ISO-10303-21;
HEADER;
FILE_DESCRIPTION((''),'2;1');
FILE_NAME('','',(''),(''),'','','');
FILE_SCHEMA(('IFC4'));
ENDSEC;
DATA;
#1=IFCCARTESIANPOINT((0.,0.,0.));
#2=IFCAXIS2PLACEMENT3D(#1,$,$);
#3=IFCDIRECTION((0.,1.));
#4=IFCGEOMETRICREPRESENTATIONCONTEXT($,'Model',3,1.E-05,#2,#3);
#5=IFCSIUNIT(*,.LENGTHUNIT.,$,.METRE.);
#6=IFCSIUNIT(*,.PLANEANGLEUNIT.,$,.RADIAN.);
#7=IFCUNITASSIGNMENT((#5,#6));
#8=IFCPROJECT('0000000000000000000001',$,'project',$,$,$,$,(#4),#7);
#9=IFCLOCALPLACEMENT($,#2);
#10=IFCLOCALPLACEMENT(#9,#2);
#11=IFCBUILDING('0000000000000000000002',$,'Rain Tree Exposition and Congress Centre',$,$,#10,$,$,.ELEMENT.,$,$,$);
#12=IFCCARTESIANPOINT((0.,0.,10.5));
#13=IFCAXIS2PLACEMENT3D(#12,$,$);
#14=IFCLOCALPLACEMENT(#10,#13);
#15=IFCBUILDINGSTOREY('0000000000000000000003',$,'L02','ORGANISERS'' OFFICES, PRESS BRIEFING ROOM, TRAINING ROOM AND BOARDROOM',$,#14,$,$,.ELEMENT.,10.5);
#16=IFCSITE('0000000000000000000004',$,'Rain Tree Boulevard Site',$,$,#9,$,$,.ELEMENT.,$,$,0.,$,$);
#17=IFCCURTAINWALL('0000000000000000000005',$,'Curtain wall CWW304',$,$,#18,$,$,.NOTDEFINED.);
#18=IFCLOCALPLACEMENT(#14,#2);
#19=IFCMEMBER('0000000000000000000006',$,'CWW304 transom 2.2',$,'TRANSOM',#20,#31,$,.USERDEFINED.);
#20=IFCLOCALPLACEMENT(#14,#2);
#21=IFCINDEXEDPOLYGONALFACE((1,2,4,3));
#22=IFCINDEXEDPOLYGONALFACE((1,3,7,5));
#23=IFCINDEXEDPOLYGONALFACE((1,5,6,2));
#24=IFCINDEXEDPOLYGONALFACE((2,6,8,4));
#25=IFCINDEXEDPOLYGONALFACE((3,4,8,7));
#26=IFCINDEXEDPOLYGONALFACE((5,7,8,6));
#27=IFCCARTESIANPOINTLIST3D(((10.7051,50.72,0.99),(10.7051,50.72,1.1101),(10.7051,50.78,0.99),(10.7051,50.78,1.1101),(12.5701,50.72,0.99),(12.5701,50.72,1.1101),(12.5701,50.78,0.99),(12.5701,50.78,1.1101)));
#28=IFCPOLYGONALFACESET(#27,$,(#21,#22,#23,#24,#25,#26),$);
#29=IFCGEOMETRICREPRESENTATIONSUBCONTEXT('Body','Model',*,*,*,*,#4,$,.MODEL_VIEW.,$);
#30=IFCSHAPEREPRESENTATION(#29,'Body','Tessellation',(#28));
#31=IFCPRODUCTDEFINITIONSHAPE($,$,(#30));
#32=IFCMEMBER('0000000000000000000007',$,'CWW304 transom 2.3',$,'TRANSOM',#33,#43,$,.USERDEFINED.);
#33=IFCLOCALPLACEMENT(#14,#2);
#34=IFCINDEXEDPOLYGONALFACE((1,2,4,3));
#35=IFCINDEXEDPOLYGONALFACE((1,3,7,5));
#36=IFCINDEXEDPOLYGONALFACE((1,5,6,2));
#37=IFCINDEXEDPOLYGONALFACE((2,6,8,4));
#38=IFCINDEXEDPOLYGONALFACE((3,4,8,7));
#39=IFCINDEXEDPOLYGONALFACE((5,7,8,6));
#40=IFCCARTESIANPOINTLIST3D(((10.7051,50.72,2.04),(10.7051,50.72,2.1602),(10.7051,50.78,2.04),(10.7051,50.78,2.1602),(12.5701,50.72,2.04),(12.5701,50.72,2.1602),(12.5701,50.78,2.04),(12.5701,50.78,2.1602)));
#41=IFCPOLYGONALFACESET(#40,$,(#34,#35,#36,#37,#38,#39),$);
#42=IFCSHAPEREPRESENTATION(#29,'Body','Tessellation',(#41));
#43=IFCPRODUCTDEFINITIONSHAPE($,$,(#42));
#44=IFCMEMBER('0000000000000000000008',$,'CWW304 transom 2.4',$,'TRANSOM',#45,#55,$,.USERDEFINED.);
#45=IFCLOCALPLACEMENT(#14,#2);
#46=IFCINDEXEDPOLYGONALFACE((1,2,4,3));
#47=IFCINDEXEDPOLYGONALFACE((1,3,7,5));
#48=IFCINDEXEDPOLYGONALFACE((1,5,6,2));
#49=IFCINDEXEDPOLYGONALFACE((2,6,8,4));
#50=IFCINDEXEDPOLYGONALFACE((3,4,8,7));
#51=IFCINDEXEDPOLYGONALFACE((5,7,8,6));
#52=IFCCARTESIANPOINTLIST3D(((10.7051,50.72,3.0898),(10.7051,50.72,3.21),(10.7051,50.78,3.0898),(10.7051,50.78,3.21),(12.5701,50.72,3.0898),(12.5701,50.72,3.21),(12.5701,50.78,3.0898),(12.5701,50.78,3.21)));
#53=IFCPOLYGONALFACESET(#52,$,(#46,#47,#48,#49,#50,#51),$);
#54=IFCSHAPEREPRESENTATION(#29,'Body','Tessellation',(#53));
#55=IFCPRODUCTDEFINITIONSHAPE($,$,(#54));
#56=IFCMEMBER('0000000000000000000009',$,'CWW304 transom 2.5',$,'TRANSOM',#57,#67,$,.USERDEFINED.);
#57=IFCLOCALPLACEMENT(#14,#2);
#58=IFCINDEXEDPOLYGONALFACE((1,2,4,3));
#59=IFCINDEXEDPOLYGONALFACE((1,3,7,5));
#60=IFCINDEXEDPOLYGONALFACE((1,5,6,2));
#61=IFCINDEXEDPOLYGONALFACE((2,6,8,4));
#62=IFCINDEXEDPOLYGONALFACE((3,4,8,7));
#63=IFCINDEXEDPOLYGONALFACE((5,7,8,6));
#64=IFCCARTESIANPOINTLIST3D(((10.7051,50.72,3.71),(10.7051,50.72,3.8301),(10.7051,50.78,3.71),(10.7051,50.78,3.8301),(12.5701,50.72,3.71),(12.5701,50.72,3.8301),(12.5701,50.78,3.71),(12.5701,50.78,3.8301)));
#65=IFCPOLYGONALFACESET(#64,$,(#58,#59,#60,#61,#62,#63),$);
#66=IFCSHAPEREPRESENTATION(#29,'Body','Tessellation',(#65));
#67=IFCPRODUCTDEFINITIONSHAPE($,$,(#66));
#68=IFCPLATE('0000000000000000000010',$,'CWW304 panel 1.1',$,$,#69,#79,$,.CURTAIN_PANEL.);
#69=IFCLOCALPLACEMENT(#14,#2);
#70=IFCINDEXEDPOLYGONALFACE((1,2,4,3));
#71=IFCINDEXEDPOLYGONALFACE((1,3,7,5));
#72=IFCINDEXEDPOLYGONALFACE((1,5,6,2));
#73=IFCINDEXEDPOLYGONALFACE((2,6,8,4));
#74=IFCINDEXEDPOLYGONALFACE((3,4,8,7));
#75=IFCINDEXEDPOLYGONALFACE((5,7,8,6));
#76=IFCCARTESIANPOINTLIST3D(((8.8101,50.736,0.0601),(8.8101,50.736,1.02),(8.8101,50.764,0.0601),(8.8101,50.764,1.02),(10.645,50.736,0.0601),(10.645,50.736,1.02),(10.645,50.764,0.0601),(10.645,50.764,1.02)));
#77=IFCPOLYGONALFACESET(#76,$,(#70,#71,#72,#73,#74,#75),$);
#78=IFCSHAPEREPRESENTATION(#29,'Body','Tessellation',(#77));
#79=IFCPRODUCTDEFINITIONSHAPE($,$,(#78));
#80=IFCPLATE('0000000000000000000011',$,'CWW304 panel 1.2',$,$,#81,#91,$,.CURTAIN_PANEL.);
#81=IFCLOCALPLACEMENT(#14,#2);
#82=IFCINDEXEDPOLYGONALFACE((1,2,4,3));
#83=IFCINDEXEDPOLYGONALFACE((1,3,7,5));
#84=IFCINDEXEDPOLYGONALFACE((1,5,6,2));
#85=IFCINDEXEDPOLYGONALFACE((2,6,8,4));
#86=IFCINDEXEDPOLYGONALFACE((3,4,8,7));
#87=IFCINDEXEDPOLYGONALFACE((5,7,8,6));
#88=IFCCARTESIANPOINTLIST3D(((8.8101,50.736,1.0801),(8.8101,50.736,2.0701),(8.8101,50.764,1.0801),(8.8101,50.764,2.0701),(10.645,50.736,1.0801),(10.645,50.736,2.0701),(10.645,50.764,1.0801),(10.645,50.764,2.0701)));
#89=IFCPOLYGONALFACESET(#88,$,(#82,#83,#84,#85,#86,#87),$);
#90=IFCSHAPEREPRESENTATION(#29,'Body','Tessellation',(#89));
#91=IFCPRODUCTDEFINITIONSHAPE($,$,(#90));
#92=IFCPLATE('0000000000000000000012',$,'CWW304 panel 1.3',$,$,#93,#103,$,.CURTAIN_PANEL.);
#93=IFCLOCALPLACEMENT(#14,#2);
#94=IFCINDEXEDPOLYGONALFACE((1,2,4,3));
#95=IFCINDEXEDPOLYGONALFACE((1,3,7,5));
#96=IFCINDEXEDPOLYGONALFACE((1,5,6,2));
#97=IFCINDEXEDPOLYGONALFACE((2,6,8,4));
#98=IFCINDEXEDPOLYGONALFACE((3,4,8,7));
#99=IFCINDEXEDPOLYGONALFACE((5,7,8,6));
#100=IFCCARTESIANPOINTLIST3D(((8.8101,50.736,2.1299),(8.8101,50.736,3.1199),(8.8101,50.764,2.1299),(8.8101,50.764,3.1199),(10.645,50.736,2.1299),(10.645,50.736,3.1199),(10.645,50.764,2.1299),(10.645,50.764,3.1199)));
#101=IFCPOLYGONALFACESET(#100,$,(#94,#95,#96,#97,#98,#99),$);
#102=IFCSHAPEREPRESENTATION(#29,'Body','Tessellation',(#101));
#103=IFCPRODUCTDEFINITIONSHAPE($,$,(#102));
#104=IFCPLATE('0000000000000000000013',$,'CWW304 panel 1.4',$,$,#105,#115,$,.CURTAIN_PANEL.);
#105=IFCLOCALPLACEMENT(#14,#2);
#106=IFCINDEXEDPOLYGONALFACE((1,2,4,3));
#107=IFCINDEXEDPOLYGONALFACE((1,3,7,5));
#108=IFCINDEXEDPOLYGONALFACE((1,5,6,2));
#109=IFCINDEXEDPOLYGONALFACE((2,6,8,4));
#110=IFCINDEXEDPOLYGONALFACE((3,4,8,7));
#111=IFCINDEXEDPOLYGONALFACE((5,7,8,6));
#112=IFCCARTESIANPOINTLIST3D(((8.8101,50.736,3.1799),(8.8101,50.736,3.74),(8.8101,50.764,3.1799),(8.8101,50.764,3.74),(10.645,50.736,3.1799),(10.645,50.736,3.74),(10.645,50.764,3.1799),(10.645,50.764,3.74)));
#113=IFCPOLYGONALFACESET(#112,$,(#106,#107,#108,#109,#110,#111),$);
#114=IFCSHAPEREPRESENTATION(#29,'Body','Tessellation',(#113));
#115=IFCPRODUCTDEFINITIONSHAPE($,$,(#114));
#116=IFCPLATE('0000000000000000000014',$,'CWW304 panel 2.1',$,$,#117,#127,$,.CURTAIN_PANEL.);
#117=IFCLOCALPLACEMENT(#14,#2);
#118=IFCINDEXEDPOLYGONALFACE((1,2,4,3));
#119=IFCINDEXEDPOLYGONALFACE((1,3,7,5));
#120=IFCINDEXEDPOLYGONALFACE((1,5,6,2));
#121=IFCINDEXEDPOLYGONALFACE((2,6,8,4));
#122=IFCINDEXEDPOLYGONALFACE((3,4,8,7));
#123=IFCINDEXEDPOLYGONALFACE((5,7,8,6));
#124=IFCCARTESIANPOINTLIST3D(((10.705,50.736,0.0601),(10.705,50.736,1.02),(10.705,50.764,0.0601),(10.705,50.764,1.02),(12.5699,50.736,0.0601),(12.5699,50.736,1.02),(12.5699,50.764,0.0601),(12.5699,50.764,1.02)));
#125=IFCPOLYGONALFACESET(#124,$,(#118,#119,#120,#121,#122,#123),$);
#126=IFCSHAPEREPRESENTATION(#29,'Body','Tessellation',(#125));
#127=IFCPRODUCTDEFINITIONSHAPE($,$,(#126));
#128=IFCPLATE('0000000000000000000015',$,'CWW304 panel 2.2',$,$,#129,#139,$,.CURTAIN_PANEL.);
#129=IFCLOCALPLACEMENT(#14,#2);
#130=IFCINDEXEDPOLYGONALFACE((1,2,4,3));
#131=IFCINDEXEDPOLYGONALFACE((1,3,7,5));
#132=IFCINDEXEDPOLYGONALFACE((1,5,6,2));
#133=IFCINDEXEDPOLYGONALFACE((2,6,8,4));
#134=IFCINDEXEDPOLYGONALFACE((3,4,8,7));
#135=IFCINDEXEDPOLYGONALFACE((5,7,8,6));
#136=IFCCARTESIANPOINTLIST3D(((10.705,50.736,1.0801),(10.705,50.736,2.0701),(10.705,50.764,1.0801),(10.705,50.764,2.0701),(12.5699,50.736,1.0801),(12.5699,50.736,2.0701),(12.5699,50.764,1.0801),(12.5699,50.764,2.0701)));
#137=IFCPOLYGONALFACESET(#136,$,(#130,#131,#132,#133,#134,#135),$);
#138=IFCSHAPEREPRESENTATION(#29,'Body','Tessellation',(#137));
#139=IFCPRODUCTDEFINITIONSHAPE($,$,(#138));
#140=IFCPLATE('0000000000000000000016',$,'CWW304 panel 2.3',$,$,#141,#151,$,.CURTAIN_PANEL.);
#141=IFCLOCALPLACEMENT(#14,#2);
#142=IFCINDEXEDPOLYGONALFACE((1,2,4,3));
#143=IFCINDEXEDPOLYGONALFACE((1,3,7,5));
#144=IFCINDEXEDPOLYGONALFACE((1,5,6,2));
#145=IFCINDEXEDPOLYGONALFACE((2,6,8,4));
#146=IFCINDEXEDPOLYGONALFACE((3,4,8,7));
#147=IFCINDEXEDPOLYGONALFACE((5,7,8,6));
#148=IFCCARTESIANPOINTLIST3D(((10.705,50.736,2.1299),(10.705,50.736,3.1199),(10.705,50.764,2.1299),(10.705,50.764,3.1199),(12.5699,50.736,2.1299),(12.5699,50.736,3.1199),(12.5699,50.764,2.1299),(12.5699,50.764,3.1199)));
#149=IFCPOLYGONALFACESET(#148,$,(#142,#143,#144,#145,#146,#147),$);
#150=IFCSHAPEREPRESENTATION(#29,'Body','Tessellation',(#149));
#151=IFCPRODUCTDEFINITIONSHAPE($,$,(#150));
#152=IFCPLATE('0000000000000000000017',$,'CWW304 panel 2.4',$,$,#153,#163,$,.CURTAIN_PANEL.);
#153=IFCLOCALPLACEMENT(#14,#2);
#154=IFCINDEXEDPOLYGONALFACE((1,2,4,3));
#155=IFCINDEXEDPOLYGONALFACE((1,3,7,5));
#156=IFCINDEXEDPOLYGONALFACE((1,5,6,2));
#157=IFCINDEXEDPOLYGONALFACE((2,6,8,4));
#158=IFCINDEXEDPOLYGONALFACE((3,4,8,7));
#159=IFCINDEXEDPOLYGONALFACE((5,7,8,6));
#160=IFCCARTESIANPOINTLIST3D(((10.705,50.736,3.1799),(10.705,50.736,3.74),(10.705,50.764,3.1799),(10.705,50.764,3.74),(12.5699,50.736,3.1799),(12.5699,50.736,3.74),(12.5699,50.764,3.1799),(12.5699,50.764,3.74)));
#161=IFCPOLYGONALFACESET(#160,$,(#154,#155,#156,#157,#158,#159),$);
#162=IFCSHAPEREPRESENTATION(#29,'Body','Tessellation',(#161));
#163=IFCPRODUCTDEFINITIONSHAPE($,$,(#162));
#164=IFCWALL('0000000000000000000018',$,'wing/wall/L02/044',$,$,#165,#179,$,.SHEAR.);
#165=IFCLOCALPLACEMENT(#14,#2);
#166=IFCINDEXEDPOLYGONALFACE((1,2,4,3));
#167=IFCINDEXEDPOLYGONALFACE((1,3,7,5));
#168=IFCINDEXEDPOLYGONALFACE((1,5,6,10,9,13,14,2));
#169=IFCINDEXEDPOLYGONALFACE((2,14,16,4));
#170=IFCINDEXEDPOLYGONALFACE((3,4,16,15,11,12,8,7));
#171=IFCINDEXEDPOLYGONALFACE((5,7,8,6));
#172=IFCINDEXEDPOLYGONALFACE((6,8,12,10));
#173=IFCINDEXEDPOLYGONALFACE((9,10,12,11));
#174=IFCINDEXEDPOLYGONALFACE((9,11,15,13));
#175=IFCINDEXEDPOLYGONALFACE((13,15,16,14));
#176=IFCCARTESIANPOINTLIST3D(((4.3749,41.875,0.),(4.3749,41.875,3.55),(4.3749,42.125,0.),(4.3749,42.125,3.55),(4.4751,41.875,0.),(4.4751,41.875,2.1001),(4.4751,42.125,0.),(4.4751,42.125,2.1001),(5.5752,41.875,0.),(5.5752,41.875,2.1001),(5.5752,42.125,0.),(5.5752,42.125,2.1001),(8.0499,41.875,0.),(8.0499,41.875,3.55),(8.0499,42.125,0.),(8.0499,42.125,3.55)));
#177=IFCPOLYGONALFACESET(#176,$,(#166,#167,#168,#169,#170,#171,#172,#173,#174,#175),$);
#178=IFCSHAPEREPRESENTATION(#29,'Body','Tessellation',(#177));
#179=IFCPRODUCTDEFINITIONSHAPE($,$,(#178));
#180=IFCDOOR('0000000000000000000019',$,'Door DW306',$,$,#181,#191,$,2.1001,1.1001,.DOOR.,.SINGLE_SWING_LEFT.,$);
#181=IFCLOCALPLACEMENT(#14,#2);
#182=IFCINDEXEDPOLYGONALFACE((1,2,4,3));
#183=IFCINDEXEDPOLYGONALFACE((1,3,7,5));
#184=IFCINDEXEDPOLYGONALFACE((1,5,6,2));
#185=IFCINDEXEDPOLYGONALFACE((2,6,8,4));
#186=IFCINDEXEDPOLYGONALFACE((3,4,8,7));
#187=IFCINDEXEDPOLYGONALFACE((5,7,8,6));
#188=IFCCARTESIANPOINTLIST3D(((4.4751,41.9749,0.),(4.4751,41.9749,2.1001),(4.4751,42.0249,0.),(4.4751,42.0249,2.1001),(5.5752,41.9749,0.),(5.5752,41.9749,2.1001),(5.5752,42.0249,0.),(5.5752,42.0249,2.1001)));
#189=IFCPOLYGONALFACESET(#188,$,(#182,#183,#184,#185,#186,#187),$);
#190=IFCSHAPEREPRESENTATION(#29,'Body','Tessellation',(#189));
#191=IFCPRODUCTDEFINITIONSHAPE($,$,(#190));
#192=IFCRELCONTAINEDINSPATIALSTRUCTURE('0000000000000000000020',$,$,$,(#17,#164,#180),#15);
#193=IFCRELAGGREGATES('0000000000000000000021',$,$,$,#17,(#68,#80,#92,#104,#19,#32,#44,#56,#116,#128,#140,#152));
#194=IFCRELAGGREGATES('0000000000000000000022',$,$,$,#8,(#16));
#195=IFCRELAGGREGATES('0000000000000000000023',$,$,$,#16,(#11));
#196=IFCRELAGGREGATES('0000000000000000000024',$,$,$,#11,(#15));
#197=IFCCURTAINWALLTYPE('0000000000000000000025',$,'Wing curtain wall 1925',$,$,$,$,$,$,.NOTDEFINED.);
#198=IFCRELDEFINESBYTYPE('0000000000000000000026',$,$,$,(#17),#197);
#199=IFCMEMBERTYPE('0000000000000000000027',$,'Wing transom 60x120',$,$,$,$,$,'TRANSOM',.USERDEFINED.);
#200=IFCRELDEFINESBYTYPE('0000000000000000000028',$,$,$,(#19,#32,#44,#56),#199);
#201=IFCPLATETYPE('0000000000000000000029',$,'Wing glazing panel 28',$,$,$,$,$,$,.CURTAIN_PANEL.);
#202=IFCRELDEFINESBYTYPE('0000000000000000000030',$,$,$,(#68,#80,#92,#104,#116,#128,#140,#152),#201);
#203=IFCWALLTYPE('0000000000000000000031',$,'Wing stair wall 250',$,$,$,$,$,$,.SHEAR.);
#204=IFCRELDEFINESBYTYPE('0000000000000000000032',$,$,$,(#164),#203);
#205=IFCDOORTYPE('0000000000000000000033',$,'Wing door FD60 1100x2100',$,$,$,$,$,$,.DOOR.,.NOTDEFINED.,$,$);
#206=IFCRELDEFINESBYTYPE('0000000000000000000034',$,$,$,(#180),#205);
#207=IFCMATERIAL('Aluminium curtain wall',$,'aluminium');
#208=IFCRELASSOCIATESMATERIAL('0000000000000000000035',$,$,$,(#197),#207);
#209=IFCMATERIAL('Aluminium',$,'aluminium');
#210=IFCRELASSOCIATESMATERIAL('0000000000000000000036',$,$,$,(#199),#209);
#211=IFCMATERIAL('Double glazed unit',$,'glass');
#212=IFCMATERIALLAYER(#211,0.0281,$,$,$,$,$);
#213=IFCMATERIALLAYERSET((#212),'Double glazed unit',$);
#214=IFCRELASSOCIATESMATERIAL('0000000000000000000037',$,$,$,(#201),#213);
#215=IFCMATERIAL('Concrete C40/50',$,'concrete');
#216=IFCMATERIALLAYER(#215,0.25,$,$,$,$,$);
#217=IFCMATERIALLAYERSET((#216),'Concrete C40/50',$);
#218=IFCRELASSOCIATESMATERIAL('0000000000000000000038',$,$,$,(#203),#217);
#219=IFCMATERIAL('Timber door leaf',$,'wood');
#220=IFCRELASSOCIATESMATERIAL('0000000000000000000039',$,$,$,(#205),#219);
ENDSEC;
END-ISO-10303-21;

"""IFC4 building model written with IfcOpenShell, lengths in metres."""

from ifc_helpers import new_model, si_unit, direction, frame, frame_2d, origin, origin_2d, place, context, subcontext, project, spatial, rectangle, extrude, material, layer, layer_set, material_profile, profile_set, type_object, element, fill, aggregate, save


model = new_model("IFC4")

# Units and contexts
model_context = context("Model", 3, precision=1e-05, world=origin(), true_north=direction((0.0, 1.0)))
body_context = subcontext(model_context, "Body", "Model", "MODEL_VIEW")
ifc_project = project(units=[si_unit("LENGTHUNIT", "METRE"), si_unit("PLANEANGLEUNIT", "RADIAN")], contexts=[model_context])

# Site, building, storey
site_placement = place(None, origin())
site = spatial("IfcSite", under=ifc_project, at=site_placement, Name="Rain Tree Boulevard Site", CompositionType="ELEMENT", RefElevation=0.0)
building_placement = place(site_placement, origin())
building = spatial("IfcBuilding", under=site, at=building_placement, Name="Rain Tree Exposition and Congress Centre", CompositionType="ELEMENT")
storey_placement = place(building_placement, frame((0.0, 0.0, 10.5)))
storey = spatial("IfcBuildingStorey", under=building, at=storey_placement, Name="L02", Description="ORGANISERS' OFFICES, PRESS BRIEFING ROOM, TRAINING ROOM AND BOARDROOM", CompositionType="ELEMENT", Elevation=10.5)

# Curtain wall, members, plates
ifc_material_1 = material(Name="Aluminium curtain wall", Category="aluminium")
curtain_wall_type = type_object("IfcCurtainWallType", Name="Wing curtain wall 1925", PredefinedType="NOTDEFINED", material=ifc_material_1)
curtain_wall_placement = place(storey_placement, origin())
curtain_wall = element("IfcCurtainWall", 1, at=curtain_wall_placement, inside=storey, type_object=curtain_wall_type, Name="Curtain wall CWW304", PredefinedType="NOTDEFINED")
ifc_material_2 = material(Name="Aluminium", Category="aluminium")
ifc_material_profile_1 = material_profile(ifc_material_2, rectangle(XDim=0.0601, YDim=0.1201, at=origin_2d()), Name="Aluminium 60x120")
ifc_profile_set_1 = profile_set([ifc_material_profile_1], Name="Aluminium")
member_type_1 = type_object("IfcMemberType", Name="Wing transom 60x120", ElementType="TRANSOM", PredefinedType="USERDEFINED", material=ifc_profile_set_1)
member_1_placement = place(storey_placement, frame((10.7051, 50.75, 1.05), z_axis=(1.0, 0.0, 0.0), x_axis=(0.0, 1.0, 0.0)))
member_1 = element("IfcMember", 2, at=member_1_placement, type_object=member_type_1, Name="CWW304 transom 2.2", ObjectType="TRANSOM", PredefinedType="USERDEFINED", context=body_context, shape_type="SweptSolid", body=[
    extrude(rectangle(XDim=0.0601, YDim=0.1201, at=origin_2d()), origin(), (0.0, 0.0, 1.0), 1.865),
])
member_2_placement = place(storey_placement, frame((10.7051, 50.75, 2.1001), z_axis=(1.0, 0.0, 0.0), x_axis=(0.0, 1.0, 0.0)))
member_2 = element("IfcMember", 3, at=member_2_placement, type_object=member_type_1, Name="CWW304 transom 2.3", ObjectType="TRANSOM", PredefinedType="USERDEFINED", context=body_context, shape_type="SweptSolid", body=[
    extrude(rectangle(XDim=0.0601, YDim=0.1201, at=origin_2d()), origin(), (0.0, 0.0, 1.0), 1.865),
])
member_3_placement = place(storey_placement, frame((10.7051, 50.75, 3.1499), z_axis=(1.0, 0.0, 0.0), x_axis=(0.0, 1.0, 0.0)))
member_3 = element("IfcMember", 4, at=member_3_placement, type_object=member_type_1, Name="CWW304 transom 2.4", ObjectType="TRANSOM", PredefinedType="USERDEFINED", context=body_context, shape_type="SweptSolid", body=[
    extrude(rectangle(XDim=0.0601, YDim=0.1201, at=origin_2d()), origin(), (0.0, 0.0, 1.0), 1.865),
])
member_4_placement = place(storey_placement, frame((10.7051, 50.75, 3.77), z_axis=(1.0, 0.0, 0.0), x_axis=(0.0, 1.0, 0.0)))
member_4 = element("IfcMember", 5, at=member_4_placement, type_object=member_type_1, Name="CWW304 transom 2.5", ObjectType="TRANSOM", PredefinedType="USERDEFINED", context=body_context, shape_type="SweptSolid", body=[
    extrude(rectangle(XDim=0.0601, YDim=0.1201, at=origin_2d()), origin(), (0.0, 0.0, 1.0), 1.865),
])
ifc_material_3 = material(Name="Double glazed unit", Category="glass")
ifc_layer_1 = layer(ifc_material_3, 0.0281)
ifc_layer_set_1 = layer_set([ifc_layer_1], Name="Double glazed unit")
plate_type = type_object("IfcPlateType", Name="Wing glazing panel 28", PredefinedType="CURTAIN_PANEL", material=ifc_layer_set_1)
plate_1_placement = place(storey_placement, frame((9.7275, 50.75, 0.0601), z_axis=(0.0, 0.0, 1.0), x_axis=(1.0, 0.0, 0.0)))
plate_1 = element("IfcPlate", 6, at=plate_1_placement, type_object=plate_type, Name="CWW304 panel 1.1", PredefinedType="CURTAIN_PANEL", context=body_context, shape_type="SweptSolid", body=[
    extrude(rectangle(XDim=1.835, YDim=0.0281, at=origin_2d()), origin(), (0.0, 0.0, 1.0), 0.96),
])
plate_2_placement = place(storey_placement, frame((9.7275, 50.75, 1.0801), z_axis=(0.0, 0.0, 1.0), x_axis=(1.0, 0.0, 0.0)))
plate_2 = element("IfcPlate", 7, at=plate_2_placement, type_object=plate_type, Name="CWW304 panel 1.2", PredefinedType="CURTAIN_PANEL", context=body_context, shape_type="SweptSolid", body=[
    extrude(rectangle(XDim=1.835, YDim=0.0281, at=origin_2d()), origin(), (0.0, 0.0, 1.0), 0.99),
])
plate_3_placement = place(storey_placement, frame((9.7275, 50.75, 2.1299), z_axis=(0.0, 0.0, 1.0), x_axis=(1.0, 0.0, 0.0)))
plate_3 = element("IfcPlate", 8, at=plate_3_placement, type_object=plate_type, Name="CWW304 panel 1.3", PredefinedType="CURTAIN_PANEL", context=body_context, shape_type="SweptSolid", body=[
    extrude(rectangle(XDim=1.835, YDim=0.0281, at=origin_2d()), origin(), (0.0, 0.0, 1.0), 0.99),
])
plate_4_placement = place(storey_placement, frame((9.7275, 50.75, 3.1799), z_axis=(0.0, 0.0, 1.0), x_axis=(1.0, 0.0, 0.0)))
plate_4 = element("IfcPlate", 9, at=plate_4_placement, type_object=plate_type, Name="CWW304 panel 1.4", PredefinedType="CURTAIN_PANEL", context=body_context, shape_type="SweptSolid", body=[
    extrude(rectangle(XDim=1.835, YDim=0.0281, at=origin_2d()), origin(), (0.0, 0.0, 1.0), 0.5601),
])
plate_5_placement = place(storey_placement, frame((11.6375, 50.75, 0.0601), z_axis=(0.0, 0.0, 1.0), x_axis=(1.0, 0.0, 0.0)))
plate_5 = element("IfcPlate", 10, at=plate_5_placement, type_object=plate_type, Name="CWW304 panel 2.1", PredefinedType="CURTAIN_PANEL", context=body_context, shape_type="SweptSolid", body=[
    extrude(rectangle(XDim=1.865, YDim=0.0281, at=origin_2d()), origin(), (0.0, 0.0, 1.0), 0.96),
])
plate_6_placement = place(storey_placement, frame((11.6375, 50.75, 1.0801), z_axis=(0.0, 0.0, 1.0), x_axis=(1.0, 0.0, 0.0)))
plate_6 = element("IfcPlate", 11, at=plate_6_placement, type_object=plate_type, Name="CWW304 panel 2.2", PredefinedType="CURTAIN_PANEL", context=body_context, shape_type="SweptSolid", body=[
    extrude(rectangle(XDim=1.865, YDim=0.0281, at=origin_2d()), origin(), (0.0, 0.0, 1.0), 0.99),
])
plate_7_placement = place(storey_placement, frame((11.6375, 50.75, 2.1299), z_axis=(0.0, 0.0, 1.0), x_axis=(1.0, 0.0, 0.0)))
plate_7 = element("IfcPlate", 12, at=plate_7_placement, type_object=plate_type, Name="CWW304 panel 2.3", PredefinedType="CURTAIN_PANEL", context=body_context, shape_type="SweptSolid", body=[
    extrude(rectangle(XDim=1.865, YDim=0.0281, at=origin_2d()), origin(), (0.0, 0.0, 1.0), 0.99),
])
plate_8_placement = place(storey_placement, frame((11.6375, 50.75, 3.1799), z_axis=(0.0, 0.0, 1.0), x_axis=(1.0, 0.0, 0.0)))
plate_8 = element("IfcPlate", 13, at=plate_8_placement, type_object=plate_type, Name="CWW304 panel 2.4", PredefinedType="CURTAIN_PANEL", context=body_context, shape_type="SweptSolid", body=[
    extrude(rectangle(XDim=1.865, YDim=0.0281, at=origin_2d()), origin(), (0.0, 0.0, 1.0), 0.5601),
])
aggregate(curtain_wall, [plate_1, plate_2, plate_3, plate_4, member_1, member_2, member_3, member_4, plate_5, plate_6, plate_7, plate_8])

# Wall, opening, door
ifc_material_4 = material(Name="Concrete C40/50", Category="concrete")
ifc_layer_2 = layer(ifc_material_4, 0.25)
ifc_layer_set_2 = layer_set([ifc_layer_2], Name="Concrete C40/50")
wall_type_1 = type_object("IfcWallType", Name="Wing stair wall 250", PredefinedType="SHEAR", material=ifc_layer_set_2)
wall_1_placement = place(storey_placement, frame((4.375, 42.0, 0.0), z_axis=(0.0, 0.0, 1.0), x_axis=(1.0, 0.0, 0.0)))
wall_1 = element("IfcWall", 14, at=wall_1_placement, inside=storey, type_object=wall_type_1, Name="wing/wall/L02/044", PredefinedType="SHEAR", context=body_context, shape_type="SweptSolid", body=[
    extrude(rectangle(XDim=3.675, YDim=0.25, at=frame_2d((1.8374, 0.0))), origin(), (0.0, 0.0, 1.0), 3.55),
])
opening_1_placement = place(wall_1_placement, frame((0.1001, 0.0, 0.0)))
opening_1 = element("IfcOpeningElement", 15, at=opening_1_placement, cuts=wall_1, PredefinedType="OPENING", context=body_context, shape_type="SweptSolid", body=[
    extrude(rectangle(XDim=1.1001, YDim=2.1001, at=frame_2d((0.55, 1.05))), frame((0.0, 0.125, 0.0), z_axis=(0.0, -1.0, 0.0), x_axis=(1.0, 0.0, 0.0)), (0.0, 0.0, 1.0), 0.25),
])
ifc_material_5 = material(Name="Timber door leaf", Category="wood")
door_type_1 = type_object("IfcDoorType", Name="Wing door FD60 1100x2100", OperationType="NOTDEFINED", PredefinedType="DOOR", material=ifc_material_5)
door_1_placement = place(opening_1_placement, origin())
door_1 = element("IfcDoor", 16, at=door_1_placement, inside=storey, type_object=door_type_1, Name="Door DW306", OperationType="SINGLE_SWING_LEFT", OverallHeight=2.1001, OverallWidth=1.1001, PredefinedType="DOOR", context=body_context, shape_type="SweptSolid", body=[
    extrude(rectangle(XDim=1.1001, YDim=2.1001, at=frame_2d((0.55, 1.05))), frame((0.0, 0.0249, 0.0), z_axis=(0.0, -1.0, 0.0), x_axis=(1.0, 0.0, 0.0)), (0.0, 0.0, 1.0), 0.05),
])
fill(opening_1, door_1)

save(model, "model.ifc")
